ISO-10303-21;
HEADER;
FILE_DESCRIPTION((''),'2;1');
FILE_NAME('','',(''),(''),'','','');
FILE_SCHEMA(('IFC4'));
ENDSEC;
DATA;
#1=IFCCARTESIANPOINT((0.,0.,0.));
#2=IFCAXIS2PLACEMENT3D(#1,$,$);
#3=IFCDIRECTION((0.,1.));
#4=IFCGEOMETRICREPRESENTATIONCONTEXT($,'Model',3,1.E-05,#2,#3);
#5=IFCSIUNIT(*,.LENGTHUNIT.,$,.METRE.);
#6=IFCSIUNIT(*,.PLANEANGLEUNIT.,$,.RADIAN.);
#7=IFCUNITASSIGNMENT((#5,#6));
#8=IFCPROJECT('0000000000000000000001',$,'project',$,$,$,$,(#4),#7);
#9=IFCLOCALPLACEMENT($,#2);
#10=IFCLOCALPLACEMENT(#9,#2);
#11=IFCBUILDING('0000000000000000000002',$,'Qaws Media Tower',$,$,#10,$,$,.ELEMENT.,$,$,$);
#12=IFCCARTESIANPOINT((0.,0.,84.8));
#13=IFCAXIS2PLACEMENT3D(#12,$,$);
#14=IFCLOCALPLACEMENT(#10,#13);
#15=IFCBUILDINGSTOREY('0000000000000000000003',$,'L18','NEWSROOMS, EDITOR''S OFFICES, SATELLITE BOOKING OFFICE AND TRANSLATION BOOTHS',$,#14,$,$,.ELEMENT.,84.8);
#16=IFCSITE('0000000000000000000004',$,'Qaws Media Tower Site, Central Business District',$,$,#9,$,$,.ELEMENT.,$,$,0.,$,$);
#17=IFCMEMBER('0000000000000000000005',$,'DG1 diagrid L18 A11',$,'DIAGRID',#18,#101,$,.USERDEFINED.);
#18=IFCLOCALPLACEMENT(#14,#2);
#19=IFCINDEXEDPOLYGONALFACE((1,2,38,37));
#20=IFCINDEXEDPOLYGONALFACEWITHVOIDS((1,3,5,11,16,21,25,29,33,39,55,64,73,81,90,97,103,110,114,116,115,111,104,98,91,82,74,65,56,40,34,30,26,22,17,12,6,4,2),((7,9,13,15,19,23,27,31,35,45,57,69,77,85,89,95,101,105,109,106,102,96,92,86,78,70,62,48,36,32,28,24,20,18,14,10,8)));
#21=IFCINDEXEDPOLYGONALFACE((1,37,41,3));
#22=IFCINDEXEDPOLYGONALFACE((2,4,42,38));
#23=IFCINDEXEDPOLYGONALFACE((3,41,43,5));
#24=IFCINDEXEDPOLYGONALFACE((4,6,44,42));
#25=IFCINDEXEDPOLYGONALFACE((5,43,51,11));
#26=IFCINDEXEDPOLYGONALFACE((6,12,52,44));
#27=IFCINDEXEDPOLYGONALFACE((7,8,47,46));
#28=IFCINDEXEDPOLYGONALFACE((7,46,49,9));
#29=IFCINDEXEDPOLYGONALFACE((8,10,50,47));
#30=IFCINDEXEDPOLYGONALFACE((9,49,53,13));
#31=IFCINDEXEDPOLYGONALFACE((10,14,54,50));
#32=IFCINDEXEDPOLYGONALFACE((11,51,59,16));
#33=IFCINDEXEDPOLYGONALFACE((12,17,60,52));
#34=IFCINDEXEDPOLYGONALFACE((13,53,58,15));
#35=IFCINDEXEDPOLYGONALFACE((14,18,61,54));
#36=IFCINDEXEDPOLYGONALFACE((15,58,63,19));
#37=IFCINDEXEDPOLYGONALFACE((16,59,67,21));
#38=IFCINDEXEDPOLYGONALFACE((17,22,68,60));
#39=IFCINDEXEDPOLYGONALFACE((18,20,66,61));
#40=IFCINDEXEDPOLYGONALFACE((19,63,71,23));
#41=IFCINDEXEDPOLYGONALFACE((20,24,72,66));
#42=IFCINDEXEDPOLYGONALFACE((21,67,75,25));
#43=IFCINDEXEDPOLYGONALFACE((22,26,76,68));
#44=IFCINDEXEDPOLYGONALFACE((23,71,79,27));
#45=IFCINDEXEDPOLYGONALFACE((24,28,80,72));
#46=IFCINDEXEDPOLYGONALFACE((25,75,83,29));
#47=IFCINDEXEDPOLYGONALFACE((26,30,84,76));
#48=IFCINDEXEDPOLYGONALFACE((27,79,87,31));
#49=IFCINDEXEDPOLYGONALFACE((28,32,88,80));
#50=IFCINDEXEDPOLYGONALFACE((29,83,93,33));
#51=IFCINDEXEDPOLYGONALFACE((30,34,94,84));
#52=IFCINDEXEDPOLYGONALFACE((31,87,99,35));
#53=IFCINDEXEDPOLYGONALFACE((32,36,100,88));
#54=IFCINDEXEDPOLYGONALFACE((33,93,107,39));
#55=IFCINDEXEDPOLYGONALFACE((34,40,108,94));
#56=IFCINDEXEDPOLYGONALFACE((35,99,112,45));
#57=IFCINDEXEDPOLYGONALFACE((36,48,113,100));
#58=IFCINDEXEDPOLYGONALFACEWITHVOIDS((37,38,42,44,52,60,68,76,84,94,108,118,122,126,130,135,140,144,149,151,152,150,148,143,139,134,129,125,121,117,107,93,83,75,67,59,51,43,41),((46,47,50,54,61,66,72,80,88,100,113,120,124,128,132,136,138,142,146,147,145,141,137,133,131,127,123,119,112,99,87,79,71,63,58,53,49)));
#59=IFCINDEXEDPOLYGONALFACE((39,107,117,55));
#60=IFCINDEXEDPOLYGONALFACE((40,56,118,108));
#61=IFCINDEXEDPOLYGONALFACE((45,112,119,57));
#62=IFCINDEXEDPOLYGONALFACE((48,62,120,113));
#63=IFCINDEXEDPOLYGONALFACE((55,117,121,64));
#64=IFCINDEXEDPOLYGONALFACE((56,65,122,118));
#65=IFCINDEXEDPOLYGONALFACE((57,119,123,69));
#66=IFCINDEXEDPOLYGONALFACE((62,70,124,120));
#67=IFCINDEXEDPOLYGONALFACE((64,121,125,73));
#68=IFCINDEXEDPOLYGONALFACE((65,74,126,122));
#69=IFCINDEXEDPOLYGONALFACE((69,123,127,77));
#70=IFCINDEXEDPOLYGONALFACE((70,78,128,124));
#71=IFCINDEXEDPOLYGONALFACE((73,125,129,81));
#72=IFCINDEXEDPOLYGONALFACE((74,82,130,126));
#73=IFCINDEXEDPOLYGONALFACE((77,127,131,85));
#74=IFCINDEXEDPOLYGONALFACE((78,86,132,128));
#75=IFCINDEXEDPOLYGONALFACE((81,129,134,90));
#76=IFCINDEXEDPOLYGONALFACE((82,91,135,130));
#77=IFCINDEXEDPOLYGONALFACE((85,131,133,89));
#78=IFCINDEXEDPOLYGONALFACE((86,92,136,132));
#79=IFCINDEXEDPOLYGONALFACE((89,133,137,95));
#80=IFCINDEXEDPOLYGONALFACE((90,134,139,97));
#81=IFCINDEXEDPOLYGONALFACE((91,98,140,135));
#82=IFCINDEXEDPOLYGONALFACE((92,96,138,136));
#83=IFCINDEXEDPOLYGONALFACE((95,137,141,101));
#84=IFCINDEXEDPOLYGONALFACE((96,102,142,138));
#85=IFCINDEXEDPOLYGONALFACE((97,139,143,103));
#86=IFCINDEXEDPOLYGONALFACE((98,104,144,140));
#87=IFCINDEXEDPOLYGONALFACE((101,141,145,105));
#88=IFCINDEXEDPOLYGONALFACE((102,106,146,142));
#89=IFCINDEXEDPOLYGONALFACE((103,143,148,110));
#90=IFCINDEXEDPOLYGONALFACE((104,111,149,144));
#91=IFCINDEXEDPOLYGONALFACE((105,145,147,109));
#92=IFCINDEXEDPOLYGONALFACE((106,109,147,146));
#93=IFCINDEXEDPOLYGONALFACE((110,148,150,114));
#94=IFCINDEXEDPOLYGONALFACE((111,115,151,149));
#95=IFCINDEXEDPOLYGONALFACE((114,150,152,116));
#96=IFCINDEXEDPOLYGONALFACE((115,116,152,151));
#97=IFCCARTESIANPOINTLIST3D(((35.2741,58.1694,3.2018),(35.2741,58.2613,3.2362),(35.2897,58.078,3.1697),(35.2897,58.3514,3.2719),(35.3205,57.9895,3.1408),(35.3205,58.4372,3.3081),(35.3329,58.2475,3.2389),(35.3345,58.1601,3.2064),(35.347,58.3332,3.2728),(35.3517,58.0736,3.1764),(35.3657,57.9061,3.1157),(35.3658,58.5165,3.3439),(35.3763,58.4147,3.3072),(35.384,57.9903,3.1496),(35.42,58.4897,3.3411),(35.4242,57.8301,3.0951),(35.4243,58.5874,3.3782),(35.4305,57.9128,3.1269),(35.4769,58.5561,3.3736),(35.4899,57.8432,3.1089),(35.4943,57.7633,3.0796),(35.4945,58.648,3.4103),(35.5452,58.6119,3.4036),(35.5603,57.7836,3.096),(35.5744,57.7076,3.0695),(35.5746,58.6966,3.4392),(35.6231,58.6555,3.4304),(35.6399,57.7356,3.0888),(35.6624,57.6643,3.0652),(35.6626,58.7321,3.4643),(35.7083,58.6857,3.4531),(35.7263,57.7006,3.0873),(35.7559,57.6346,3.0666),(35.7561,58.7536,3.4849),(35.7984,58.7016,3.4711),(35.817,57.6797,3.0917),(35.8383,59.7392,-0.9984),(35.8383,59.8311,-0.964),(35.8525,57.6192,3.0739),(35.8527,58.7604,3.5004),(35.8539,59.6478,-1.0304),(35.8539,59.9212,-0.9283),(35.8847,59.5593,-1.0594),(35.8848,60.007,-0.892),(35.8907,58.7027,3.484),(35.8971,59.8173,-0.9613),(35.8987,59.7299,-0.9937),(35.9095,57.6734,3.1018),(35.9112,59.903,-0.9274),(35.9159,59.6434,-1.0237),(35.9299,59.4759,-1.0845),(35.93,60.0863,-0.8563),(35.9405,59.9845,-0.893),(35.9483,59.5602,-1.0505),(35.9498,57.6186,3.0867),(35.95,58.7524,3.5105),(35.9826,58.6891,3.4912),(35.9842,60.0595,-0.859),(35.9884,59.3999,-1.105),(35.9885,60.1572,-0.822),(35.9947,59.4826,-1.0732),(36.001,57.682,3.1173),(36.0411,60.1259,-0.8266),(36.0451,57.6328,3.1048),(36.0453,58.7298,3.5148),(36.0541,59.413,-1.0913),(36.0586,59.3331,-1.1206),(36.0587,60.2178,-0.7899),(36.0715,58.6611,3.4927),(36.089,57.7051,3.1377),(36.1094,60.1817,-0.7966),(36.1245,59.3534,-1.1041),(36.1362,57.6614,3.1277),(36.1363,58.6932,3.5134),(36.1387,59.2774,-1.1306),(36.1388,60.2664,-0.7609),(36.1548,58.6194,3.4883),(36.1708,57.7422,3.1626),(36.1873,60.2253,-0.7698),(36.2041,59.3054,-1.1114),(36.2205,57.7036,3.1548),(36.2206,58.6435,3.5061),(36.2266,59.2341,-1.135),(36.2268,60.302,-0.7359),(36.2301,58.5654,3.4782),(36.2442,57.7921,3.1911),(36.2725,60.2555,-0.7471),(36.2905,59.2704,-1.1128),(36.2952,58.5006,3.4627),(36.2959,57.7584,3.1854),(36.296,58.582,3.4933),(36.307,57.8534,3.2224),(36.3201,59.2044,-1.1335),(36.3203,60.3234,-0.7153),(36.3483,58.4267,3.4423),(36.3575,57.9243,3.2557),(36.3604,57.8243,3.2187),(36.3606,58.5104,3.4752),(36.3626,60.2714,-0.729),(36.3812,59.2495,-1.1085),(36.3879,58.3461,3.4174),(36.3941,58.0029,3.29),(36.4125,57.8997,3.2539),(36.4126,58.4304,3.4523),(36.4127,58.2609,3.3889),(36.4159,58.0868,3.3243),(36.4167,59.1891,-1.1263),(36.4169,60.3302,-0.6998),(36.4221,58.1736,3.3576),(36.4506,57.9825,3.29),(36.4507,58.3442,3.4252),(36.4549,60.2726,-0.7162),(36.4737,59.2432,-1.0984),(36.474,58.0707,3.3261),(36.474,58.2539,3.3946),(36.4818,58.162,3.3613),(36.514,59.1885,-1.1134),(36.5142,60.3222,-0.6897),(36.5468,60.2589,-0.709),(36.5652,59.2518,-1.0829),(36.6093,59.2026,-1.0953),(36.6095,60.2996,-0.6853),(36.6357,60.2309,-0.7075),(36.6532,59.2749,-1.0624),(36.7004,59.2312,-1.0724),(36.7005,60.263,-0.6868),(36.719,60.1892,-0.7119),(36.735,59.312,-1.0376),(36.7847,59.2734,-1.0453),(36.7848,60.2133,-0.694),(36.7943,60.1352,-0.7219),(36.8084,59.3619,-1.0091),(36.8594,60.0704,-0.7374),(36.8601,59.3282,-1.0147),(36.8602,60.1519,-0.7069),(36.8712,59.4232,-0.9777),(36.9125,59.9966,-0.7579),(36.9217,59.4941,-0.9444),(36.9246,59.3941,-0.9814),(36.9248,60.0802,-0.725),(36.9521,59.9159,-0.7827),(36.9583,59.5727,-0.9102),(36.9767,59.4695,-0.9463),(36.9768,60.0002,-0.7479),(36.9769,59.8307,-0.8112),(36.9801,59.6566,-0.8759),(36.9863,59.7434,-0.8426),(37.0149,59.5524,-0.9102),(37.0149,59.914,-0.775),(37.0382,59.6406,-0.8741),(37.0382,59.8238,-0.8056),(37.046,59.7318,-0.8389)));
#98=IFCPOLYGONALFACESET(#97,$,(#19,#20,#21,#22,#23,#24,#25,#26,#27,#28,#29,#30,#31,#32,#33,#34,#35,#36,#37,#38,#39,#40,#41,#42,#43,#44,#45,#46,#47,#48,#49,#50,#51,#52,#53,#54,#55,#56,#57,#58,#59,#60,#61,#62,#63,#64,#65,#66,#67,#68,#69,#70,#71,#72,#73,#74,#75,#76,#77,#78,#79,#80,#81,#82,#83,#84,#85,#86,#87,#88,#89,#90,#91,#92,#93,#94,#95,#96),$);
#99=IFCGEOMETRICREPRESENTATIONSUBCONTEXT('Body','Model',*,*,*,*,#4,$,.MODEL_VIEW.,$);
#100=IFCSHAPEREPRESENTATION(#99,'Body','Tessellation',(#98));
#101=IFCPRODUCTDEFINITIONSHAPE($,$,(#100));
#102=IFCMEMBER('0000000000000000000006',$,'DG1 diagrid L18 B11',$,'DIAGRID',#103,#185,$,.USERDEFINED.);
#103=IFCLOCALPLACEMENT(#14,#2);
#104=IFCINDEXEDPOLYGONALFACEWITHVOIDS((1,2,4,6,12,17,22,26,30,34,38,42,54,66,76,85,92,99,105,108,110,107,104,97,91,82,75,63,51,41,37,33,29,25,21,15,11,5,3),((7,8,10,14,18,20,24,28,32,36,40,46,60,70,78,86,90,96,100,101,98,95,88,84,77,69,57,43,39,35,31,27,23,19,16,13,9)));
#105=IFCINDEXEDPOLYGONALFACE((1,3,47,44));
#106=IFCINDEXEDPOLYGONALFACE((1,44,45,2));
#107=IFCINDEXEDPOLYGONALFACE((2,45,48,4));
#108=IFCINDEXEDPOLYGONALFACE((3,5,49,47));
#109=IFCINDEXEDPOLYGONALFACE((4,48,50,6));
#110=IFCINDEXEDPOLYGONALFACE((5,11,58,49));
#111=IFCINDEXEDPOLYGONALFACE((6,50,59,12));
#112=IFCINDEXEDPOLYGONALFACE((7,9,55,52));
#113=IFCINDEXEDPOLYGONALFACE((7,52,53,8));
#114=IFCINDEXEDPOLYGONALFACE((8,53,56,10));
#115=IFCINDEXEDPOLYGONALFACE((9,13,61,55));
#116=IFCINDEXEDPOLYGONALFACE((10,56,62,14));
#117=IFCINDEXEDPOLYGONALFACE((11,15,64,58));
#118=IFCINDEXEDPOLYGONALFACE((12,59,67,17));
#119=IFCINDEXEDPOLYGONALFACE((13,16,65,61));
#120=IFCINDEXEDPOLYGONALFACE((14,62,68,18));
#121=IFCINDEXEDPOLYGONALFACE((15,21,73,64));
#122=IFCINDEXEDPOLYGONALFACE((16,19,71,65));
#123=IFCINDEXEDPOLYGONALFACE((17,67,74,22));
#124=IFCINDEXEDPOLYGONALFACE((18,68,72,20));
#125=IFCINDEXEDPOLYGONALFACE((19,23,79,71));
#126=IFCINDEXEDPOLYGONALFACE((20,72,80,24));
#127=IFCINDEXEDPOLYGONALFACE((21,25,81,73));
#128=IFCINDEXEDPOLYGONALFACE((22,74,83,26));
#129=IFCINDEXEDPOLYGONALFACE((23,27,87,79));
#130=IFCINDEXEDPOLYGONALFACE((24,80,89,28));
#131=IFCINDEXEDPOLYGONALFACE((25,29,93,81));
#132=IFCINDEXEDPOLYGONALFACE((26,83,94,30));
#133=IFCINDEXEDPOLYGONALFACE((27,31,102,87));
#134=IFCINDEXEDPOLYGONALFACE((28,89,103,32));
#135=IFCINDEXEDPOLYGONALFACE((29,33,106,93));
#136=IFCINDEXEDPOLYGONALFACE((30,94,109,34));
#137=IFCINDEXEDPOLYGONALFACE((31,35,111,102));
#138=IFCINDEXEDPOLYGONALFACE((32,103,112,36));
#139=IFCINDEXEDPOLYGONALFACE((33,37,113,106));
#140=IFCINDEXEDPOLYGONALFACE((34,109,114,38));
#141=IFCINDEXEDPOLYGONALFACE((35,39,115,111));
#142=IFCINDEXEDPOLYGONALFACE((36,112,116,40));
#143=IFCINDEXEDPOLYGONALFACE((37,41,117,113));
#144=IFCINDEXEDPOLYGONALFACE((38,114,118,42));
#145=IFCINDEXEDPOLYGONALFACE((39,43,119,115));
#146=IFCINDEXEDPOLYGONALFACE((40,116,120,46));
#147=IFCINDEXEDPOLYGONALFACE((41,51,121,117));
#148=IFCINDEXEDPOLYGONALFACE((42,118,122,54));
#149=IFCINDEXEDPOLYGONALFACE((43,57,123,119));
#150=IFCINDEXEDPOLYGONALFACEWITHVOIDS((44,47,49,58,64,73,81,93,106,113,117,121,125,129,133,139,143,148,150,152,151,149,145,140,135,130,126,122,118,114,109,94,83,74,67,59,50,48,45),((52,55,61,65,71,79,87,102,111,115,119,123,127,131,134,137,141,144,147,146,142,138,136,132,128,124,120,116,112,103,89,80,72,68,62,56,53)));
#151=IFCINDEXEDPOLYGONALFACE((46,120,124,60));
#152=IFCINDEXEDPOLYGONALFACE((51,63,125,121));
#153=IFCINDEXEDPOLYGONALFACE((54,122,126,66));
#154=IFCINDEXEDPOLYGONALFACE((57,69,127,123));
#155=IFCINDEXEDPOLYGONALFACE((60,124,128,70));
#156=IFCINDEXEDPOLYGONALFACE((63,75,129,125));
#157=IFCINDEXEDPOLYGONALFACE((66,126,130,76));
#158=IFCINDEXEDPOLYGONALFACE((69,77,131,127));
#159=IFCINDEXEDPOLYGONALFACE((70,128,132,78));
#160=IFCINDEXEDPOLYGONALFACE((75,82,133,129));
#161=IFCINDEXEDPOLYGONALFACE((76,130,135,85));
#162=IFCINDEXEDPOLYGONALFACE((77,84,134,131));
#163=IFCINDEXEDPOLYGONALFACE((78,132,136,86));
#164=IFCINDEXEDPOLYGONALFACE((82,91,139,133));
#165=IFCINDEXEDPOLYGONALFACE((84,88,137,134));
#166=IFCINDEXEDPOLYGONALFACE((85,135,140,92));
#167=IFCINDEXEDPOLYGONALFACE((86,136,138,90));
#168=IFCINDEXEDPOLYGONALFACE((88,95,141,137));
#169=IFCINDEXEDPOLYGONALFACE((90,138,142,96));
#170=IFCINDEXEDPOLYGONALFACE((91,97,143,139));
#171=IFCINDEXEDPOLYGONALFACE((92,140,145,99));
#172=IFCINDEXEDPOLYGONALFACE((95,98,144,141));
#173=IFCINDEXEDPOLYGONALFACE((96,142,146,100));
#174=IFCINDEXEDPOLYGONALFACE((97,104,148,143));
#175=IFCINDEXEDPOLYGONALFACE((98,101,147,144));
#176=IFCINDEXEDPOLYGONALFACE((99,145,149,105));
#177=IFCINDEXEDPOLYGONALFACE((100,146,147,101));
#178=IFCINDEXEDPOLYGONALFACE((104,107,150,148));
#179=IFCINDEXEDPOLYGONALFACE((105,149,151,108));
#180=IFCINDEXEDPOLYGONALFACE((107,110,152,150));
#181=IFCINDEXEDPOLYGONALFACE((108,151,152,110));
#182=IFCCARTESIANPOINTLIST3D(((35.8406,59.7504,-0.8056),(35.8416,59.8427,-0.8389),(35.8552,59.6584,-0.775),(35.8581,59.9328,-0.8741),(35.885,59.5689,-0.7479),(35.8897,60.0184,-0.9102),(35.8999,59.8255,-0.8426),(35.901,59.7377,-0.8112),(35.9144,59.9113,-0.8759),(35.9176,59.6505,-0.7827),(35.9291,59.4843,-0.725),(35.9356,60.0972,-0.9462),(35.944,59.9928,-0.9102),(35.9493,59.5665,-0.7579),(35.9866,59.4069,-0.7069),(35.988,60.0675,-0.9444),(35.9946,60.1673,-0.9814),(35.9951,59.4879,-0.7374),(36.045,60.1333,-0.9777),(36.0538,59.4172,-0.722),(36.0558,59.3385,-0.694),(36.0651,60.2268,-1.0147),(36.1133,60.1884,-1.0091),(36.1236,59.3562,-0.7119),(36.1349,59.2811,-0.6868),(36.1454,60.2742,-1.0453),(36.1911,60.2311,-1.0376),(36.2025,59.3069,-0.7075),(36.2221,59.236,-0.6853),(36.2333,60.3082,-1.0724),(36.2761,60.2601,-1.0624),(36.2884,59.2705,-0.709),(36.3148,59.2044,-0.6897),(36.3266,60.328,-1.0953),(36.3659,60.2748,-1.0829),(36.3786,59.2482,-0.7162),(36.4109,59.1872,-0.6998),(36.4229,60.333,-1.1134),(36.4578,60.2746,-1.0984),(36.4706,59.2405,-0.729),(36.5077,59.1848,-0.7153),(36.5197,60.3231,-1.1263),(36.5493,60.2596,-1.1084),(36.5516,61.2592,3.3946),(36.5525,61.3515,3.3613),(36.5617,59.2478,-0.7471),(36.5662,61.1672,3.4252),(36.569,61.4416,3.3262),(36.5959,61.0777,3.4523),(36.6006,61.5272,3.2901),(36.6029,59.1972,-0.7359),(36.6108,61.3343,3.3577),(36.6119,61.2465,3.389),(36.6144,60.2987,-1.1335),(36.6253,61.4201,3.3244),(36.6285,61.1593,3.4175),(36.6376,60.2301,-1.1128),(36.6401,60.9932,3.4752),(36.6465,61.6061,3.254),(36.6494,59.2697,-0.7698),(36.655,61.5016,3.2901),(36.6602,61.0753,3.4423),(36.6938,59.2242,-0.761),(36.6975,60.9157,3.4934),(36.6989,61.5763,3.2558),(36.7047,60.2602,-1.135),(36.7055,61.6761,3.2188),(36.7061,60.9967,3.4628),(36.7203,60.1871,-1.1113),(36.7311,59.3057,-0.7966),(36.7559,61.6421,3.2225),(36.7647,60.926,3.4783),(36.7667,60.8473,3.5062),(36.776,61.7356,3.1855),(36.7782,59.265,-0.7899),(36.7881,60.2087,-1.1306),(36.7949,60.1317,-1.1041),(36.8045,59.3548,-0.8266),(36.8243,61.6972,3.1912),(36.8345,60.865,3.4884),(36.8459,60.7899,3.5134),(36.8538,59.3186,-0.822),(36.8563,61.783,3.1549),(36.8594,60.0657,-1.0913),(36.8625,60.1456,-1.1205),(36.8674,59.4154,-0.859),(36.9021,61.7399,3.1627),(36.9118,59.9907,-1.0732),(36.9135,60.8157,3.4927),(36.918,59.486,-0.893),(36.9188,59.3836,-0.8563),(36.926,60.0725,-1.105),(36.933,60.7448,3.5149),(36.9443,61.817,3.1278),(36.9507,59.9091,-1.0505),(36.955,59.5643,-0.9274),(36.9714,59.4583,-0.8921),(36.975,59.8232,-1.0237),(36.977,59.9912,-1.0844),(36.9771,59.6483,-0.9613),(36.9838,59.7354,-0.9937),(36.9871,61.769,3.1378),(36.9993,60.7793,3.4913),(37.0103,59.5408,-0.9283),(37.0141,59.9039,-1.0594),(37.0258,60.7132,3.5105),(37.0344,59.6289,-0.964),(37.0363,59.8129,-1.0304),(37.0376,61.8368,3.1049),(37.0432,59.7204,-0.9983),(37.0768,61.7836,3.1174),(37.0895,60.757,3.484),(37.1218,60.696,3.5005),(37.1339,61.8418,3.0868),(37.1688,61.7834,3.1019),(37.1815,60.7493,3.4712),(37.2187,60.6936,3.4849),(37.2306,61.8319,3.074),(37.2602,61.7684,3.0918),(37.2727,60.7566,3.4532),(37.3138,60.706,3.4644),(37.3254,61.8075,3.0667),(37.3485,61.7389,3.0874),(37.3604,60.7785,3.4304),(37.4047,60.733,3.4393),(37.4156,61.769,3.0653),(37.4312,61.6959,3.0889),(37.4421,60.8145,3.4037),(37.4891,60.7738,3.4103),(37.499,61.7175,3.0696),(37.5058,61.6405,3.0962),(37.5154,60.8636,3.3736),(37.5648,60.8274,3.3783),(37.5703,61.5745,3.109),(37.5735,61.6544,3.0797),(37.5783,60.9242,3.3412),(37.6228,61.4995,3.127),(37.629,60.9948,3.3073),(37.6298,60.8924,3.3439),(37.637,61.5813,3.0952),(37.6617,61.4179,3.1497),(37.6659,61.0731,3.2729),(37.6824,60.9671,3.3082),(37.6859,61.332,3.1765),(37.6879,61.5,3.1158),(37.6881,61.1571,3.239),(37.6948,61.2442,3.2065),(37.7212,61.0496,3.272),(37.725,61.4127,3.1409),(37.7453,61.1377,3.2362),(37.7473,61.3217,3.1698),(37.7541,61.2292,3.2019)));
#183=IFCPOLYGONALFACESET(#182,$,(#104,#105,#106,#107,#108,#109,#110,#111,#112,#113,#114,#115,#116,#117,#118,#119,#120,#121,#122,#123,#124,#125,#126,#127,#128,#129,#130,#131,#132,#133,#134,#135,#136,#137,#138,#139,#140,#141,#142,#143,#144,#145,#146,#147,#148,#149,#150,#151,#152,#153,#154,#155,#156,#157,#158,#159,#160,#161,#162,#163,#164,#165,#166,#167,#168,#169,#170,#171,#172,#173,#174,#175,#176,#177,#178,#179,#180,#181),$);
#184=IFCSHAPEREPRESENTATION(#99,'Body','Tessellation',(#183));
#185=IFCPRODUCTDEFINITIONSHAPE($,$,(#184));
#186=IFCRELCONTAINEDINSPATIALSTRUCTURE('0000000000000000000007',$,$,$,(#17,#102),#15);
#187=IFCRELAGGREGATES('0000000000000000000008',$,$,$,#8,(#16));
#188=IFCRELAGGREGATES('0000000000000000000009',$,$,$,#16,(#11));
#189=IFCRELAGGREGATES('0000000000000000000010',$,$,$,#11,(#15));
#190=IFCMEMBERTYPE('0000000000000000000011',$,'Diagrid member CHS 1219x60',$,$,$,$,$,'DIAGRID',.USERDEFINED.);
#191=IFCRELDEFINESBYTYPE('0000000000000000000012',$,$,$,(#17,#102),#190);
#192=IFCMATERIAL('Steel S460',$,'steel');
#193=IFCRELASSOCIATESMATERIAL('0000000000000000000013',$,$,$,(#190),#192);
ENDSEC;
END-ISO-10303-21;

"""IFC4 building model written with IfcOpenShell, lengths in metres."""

from ifc_helpers import new_model, si_unit, direction, frame, origin, origin_2d, place, context, subcontext, project, spatial, hollow_circle, extrude, material, material_profile, profile_set, type_object, element, save


model = new_model("IFC4")

# Units and contexts
model_context = context("Model", 3, precision=1e-05, world=origin(), true_north=direction((0.0, 1.0)))
body_context = subcontext(model_context, "Body", "Model", "MODEL_VIEW")
ifc_project = project(units=[si_unit("LENGTHUNIT", "METRE"), si_unit("PLANEANGLEUNIT", "RADIAN")], contexts=[model_context])

# Site, building, storey
site_placement = place(None, origin())
site = spatial("IfcSite", under=ifc_project, at=site_placement, Name="Qaws Media Tower Site, Central Business District", CompositionType="ELEMENT", RefElevation=0.0)
building_placement = place(site_placement, origin())
building = spatial("IfcBuilding", under=site, at=building_placement, Name="Qaws Media Tower", CompositionType="ELEMENT")
storey_placement = place(building_placement, frame((0.0, 0.0, 84.8)))
storey = spatial("IfcBuildingStorey", under=building, at=storey_placement, Name="L18", Description="NEWSROOMS, EDITOR'S OFFICES, SATELLITE BOOKING OFFICE AND TRANSLATION BOOTHS", CompositionType="ELEMENT", Elevation=84.8)

# Members
ifc_material_1 = material(Name="Steel S460", Category="steel")
ifc_material_profile_1 = material_profile(ifc_material_1, hollow_circle(Radius=0.6096, WallThickness=0.0601, at=origin_2d()), Name="CHS 1219x60")
ifc_profile_set_1 = profile_set([ifc_material_profile_1], Name="Steel S460")
member_type_1 = type_object("IfcMemberType", Name="Diagrid member CHS 1219x60", ElementType="DIAGRID", PredefinedType="USERDEFINED", material=ifc_profile_set_1)
for number, where, z_axis, x_axis, name in (
    (1, (36.4412, 59.7585, -0.9102), (-0.124844, -0.347358, 0.929385), (0.941065, -0.338227, 0.0), "DG1 diagrid L18 A11"),
    (2, (36.4412, 59.7585, -0.9102), (0.157314, 0.333859, 0.929403), (-0.904606, 0.426248, 0.0), "DG1 diagrid L18 B11"),
):
    element("IfcMember", number, at=place(storey_placement, frame(where, z_axis=z_axis, x_axis=x_axis)), inside=storey, type_object=member_type_1, Name=name, ObjectType="DIAGRID", PredefinedType="USERDEFINED", context=body_context, shape_type="SweptSolid", body=[
        extrude(hollow_circle(Radius=0.6096, WallThickness=0.0601, at=origin_2d()), origin(), (0.0, 0.0, 1.0), 4.5193),
    ])

save(model, "model.ifc")
